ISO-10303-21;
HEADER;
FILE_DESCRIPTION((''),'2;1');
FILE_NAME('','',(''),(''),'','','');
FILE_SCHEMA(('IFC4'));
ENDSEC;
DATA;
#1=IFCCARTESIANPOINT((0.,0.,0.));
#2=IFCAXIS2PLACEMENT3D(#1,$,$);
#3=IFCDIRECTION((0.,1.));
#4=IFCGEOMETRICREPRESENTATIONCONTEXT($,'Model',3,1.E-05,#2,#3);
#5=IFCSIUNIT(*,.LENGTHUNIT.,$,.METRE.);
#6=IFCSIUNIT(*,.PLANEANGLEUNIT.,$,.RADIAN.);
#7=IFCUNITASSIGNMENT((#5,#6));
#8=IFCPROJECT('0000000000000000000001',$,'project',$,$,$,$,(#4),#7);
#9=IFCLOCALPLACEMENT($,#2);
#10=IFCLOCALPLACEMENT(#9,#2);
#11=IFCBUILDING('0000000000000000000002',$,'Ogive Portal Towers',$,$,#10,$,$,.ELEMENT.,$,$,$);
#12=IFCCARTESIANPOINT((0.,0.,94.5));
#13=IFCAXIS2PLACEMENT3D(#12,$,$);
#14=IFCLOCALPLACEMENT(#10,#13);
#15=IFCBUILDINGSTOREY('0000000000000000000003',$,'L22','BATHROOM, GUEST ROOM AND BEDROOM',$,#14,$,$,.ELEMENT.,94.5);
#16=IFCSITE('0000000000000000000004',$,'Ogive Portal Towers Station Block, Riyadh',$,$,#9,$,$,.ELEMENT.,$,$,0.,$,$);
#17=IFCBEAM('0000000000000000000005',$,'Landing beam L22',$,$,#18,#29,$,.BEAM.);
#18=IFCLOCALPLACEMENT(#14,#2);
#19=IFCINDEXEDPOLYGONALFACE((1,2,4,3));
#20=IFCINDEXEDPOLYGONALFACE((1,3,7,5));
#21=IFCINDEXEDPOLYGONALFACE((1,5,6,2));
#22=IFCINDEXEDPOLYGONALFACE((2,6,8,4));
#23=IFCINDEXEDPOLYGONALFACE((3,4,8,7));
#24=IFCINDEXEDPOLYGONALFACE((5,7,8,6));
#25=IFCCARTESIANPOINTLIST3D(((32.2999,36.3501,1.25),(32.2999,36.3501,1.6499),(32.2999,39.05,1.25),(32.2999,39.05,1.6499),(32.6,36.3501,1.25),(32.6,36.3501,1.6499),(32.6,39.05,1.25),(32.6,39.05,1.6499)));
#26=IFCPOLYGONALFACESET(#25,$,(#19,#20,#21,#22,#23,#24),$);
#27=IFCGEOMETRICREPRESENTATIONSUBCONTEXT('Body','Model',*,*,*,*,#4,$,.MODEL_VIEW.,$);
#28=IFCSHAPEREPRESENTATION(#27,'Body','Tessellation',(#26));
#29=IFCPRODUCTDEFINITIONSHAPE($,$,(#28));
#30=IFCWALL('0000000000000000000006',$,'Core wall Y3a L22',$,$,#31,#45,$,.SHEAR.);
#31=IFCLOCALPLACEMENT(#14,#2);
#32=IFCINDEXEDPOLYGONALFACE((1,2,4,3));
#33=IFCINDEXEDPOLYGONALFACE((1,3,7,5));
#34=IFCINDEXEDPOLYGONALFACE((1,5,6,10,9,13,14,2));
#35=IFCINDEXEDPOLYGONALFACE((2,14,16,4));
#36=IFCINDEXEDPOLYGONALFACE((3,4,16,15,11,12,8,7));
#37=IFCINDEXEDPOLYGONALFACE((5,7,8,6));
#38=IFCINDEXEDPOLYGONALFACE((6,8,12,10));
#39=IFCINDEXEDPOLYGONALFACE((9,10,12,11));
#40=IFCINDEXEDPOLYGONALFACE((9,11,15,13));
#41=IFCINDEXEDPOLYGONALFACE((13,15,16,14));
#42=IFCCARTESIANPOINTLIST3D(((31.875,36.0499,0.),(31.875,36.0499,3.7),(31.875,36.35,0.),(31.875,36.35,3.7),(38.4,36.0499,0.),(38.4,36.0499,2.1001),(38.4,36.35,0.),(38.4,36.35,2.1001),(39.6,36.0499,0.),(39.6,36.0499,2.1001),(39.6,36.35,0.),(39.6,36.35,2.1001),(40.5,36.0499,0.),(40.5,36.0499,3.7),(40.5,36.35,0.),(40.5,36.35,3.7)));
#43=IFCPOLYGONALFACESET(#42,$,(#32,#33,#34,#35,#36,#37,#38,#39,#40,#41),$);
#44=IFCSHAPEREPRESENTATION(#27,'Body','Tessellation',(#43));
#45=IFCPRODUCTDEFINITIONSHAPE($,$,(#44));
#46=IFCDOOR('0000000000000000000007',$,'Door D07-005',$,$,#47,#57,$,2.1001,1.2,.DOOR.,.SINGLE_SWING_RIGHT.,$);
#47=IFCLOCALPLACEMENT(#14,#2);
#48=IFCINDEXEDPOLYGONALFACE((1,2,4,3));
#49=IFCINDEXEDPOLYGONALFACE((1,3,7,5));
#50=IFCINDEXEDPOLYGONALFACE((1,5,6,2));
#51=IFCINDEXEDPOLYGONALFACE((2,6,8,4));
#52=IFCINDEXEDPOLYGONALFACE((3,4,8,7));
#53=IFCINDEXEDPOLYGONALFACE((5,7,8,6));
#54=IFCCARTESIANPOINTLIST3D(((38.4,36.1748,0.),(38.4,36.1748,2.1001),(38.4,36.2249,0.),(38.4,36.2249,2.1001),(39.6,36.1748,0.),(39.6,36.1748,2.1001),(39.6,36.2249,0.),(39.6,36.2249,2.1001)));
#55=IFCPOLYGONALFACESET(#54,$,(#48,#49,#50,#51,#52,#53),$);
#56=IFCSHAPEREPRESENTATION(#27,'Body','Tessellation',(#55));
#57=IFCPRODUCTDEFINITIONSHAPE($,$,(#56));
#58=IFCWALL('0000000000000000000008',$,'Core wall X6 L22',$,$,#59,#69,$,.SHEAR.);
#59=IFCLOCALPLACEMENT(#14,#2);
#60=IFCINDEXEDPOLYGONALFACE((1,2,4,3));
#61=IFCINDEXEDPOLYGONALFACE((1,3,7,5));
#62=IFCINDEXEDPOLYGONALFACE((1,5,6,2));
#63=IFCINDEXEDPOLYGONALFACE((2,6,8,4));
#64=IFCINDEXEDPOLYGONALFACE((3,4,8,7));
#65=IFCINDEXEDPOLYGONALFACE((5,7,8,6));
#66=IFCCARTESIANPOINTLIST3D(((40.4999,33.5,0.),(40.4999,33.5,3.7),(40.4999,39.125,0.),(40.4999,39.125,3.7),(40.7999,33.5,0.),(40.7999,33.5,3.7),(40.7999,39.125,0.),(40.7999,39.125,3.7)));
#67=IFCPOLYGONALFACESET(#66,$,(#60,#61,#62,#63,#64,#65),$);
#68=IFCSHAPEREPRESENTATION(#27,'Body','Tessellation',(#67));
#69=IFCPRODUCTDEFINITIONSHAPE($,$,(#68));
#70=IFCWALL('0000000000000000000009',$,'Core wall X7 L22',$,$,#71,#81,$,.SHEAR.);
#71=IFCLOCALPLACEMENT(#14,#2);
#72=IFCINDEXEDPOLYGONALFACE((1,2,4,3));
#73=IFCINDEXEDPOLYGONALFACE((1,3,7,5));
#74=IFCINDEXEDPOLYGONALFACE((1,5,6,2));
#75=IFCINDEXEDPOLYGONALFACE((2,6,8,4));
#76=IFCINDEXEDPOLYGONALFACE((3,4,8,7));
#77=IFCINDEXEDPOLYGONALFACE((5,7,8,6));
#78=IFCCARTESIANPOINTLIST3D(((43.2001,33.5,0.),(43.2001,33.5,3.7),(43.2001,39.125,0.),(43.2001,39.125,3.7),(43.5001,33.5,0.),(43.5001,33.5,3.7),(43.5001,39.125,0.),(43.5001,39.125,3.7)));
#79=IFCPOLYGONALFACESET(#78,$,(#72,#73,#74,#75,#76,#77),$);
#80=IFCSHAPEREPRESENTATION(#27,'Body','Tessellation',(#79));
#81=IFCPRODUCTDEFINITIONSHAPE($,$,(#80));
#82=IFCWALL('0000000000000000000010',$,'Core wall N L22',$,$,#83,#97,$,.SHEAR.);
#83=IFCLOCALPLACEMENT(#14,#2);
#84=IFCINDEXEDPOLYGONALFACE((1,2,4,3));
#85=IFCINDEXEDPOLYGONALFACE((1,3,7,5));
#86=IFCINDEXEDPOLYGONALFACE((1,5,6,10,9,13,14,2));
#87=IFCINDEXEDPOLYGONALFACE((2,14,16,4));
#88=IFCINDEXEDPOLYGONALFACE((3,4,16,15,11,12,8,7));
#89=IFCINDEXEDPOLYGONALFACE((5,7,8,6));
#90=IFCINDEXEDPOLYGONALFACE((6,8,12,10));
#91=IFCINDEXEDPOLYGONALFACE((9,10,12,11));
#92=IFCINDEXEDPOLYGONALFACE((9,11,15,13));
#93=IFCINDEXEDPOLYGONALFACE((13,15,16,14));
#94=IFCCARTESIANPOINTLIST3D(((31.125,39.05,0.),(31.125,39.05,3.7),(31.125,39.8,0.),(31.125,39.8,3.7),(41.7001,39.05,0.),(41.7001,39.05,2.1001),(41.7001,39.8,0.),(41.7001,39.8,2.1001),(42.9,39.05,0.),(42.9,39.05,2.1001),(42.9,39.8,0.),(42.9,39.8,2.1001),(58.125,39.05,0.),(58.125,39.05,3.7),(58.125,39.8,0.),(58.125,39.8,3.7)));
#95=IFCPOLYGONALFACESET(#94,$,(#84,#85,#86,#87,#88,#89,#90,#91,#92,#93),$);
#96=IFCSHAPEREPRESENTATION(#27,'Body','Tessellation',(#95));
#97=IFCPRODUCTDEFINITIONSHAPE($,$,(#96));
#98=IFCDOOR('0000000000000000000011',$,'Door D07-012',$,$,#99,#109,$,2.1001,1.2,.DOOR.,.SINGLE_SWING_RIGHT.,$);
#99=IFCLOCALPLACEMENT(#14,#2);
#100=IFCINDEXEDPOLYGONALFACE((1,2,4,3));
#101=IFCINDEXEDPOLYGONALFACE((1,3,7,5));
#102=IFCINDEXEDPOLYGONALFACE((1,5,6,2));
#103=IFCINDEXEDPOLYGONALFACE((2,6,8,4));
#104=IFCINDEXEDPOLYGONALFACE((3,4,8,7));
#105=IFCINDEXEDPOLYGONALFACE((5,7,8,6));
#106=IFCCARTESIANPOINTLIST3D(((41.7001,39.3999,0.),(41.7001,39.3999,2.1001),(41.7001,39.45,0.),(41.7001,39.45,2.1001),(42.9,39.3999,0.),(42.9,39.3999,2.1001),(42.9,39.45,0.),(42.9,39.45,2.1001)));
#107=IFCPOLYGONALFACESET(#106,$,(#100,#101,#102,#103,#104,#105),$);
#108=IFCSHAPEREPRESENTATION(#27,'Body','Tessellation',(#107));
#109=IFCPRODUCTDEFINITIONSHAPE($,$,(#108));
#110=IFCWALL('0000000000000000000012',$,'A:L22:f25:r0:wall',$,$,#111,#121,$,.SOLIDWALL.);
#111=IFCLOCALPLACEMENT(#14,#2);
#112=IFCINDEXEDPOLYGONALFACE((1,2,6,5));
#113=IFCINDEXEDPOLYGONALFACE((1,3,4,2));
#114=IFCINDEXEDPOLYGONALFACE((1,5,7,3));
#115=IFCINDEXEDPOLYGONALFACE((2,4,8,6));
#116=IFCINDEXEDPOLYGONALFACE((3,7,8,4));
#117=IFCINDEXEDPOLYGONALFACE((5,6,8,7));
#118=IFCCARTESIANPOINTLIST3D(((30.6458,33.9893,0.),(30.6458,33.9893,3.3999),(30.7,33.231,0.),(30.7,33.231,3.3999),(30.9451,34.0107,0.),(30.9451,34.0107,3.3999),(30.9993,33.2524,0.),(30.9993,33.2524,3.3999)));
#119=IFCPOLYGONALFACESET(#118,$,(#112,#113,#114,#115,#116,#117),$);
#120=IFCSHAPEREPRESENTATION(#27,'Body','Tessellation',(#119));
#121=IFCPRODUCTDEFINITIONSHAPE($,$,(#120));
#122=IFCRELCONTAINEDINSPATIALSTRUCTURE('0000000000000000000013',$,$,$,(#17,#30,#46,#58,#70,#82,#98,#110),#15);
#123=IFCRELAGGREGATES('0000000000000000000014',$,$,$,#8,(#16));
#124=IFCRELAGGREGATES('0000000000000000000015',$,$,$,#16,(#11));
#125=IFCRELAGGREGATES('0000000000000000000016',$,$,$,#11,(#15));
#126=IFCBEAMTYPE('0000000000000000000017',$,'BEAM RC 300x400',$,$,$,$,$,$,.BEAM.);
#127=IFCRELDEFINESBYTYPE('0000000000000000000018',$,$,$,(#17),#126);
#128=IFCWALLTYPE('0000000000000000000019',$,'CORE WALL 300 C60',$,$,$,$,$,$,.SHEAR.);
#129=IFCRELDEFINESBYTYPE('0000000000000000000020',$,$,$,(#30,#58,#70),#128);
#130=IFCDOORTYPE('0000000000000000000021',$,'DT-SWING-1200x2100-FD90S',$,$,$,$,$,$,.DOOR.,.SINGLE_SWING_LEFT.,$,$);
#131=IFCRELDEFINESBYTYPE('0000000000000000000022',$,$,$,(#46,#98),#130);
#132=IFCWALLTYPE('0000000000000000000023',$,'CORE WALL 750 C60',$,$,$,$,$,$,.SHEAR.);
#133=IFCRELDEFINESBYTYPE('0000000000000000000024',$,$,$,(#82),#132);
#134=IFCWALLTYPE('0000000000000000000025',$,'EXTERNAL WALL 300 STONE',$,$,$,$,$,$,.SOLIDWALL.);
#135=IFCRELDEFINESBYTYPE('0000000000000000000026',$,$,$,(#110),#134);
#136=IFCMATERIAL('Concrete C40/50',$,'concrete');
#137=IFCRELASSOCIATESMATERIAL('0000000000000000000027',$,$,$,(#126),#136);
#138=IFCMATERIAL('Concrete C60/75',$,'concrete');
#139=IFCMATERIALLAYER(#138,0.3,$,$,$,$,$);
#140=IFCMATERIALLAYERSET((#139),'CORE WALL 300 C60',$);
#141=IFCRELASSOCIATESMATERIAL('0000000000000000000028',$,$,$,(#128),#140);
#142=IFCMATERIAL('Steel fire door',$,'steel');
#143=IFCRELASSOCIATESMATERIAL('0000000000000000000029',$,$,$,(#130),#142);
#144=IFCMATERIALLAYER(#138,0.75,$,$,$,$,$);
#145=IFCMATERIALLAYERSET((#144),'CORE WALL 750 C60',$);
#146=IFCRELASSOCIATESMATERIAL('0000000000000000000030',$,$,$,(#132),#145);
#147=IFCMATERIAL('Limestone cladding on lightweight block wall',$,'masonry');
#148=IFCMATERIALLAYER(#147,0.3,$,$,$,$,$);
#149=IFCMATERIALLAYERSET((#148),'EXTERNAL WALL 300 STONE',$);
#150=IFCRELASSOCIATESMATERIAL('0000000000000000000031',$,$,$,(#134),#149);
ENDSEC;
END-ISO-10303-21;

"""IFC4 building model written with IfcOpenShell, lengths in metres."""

from ifc_helpers import new_model, si_unit, direction, frame, frame_2d, origin, origin_2d, place, context, subcontext, project, spatial, rectangle, extrude, material, layer, layer_set, material_profile, profile_set, type_object, element, fill, save


model = new_model("IFC4")

# Units and contexts
model_context = context("Model", 3, precision=1e-05, world=origin(), true_north=direction((0.0, 1.0)))
body_context = subcontext(model_context, "Body", "Model", "MODEL_VIEW")
ifc_project = project(units=[si_unit("LENGTHUNIT", "METRE"), si_unit("PLANEANGLEUNIT", "RADIAN")], contexts=[model_context])

# Site, building, storey
site_placement = place(None, origin())
site = spatial("IfcSite", under=ifc_project, at=site_placement, Name="Ogive Portal Towers Station Block, Riyadh", CompositionType="ELEMENT", RefElevation=0.0)
building_placement = place(site_placement, origin())
building = spatial("IfcBuilding", under=site, at=building_placement, Name="Ogive Portal Towers", CompositionType="ELEMENT")
storey_placement = place(building_placement, frame((0.0, 0.0, 94.5)))
storey = spatial("IfcBuildingStorey", under=building, at=storey_placement, Name="L22", Description="BATHROOM, GUEST ROOM AND BEDROOM", CompositionType="ELEMENT", Elevation=94.5)

# Beam
ifc_material_1 = material(Name="Concrete C40/50", Category="concrete")
ifc_material_profile = material_profile(ifc_material_1, rectangle(XDim=0.3, YDim=0.3999, at=origin_2d()), Name="RC 300x400")
ifc_profile_set = profile_set([ifc_material_profile], Name="Concrete C40/50")
beam_type = type_object("IfcBeamType", Name="BEAM RC 300x400", PredefinedType="BEAM", material=ifc_profile_set)
beam_placement = place(storey_placement, frame((32.45, 36.3501, 1.45), z_axis=(0.0, 1.0, 0.0), x_axis=(-1.0, 0.0, 0.0)))
element("IfcBeam", 1, at=beam_placement, inside=storey, type_object=beam_type, Name="Landing beam L22", PredefinedType="BEAM", context=body_context, shape_type="SweptSolid", body=[
    extrude(rectangle(XDim=0.3, YDim=0.3999, at=origin_2d()), origin(), (0.0, 0.0, 1.0), 2.7),
])

# Wall, opening, door
ifc_material_2 = material(Name="Concrete C60/75", Category="concrete")
ifc_layer_1 = layer(ifc_material_2, 0.3)
ifc_layer_set_1 = layer_set([ifc_layer_1], Name="CORE WALL 300 C60")
wall_type_1 = type_object("IfcWallType", Name="CORE WALL 300 C60", PredefinedType="SHEAR", material=ifc_layer_set_1)
wall_1_placement = place(storey_placement, frame((31.875, 36.2, 0.0), z_axis=(0.0, 0.0, 1.0), x_axis=(1.0, 0.0, 0.0)))
wall_1 = element("IfcWall", 2, at=wall_1_placement, inside=storey, type_object=wall_type_1, Name="Core wall Y3a L22", PredefinedType="SHEAR", context=body_context, shape_type="SweptSolid", body=[
    extrude(rectangle(XDim=8.625, YDim=0.3, at=frame_2d((4.3125, 0.0))), origin(), (0.0, 0.0, 1.0), 3.7),
])
opening_1_placement = place(wall_1_placement, frame((6.5249, 0.0, 0.0)))
opening_1 = element("IfcOpeningElement", 3, at=opening_1_placement, cuts=wall_1, PredefinedType="OPENING", context=body_context, shape_type="SweptSolid", body=[
    extrude(rectangle(XDim=1.2, YDim=2.1001, at=frame_2d((0.6001, 1.05))), frame((0.0, 0.1602, 0.0), z_axis=(0.0, -1.0, 0.0), x_axis=(1.0, 0.0, 0.0)), (0.0, 0.0, 1.0), 0.3201),
])
ifc_material_3 = material(Name="Steel fire door", Category="steel")
door_type_1 = type_object("IfcDoorType", Name="DT-SWING-1200x2100-FD90S", OperationType="SINGLE_SWING_LEFT", PredefinedType="DOOR", material=ifc_material_3)
door_1_placement = place(opening_1_placement, origin())
door_1 = element("IfcDoor", 4, at=door_1_placement, inside=storey, type_object=door_type_1, Name="Door D07-005", OperationType="SINGLE_SWING_RIGHT", OverallHeight=2.1001, OverallWidth=1.2, PredefinedType="DOOR", context=body_context, shape_type="SweptSolid", body=[
    extrude(rectangle(XDim=1.2, YDim=2.1001, at=frame_2d((0.6001, 1.05))), frame((0.0, 0.0249, 0.0), z_axis=(0.0, -1.0, 0.0), x_axis=(1.0, 0.0, 0.0)), (0.0, 0.0, 1.0), 0.05),
])
fill(opening_1, door_1)

# Walls
for number, where, z_axis, x_axis, name in (
    (5, (40.6499, 33.5, 0.0), (0.0, 0.0, 1.0), (0.0, 1.0, 0.0), "Core wall X6 L22"),
    (6, (43.3501, 33.5, 0.0), (0.0, 0.0, 1.0), (0.0, 1.0, 0.0), "Core wall X7 L22"),
):
    element("IfcWall", number, at=place(storey_placement, frame(where, z_axis=z_axis, x_axis=x_axis)), inside=storey, type_object=wall_type_1, Name=name, PredefinedType="SHEAR", context=body_context, shape_type="SweptSolid", body=[
        extrude(rectangle(XDim=5.625, YDim=0.3, at=frame_2d((2.8125, 0.0))), origin(), (0.0, 0.0, 1.0), 3.7),
    ])

# Wall, opening, door
ifc_layer_2 = layer(ifc_material_2, 0.75)
ifc_layer_set_2 = layer_set([ifc_layer_2], Name="CORE WALL 750 C60")
wall_type_2 = type_object("IfcWallType", Name="CORE WALL 750 C60", PredefinedType="SHEAR", material=ifc_layer_set_2)
wall_2_placement = place(storey_placement, frame((31.125, 39.425, 0.0), z_axis=(0.0, 0.0, 1.0), x_axis=(1.0, 0.0, 0.0)))
wall_2 = element("IfcWall", 7, at=wall_2_placement, inside=storey, type_object=wall_type_2, Name="Core wall N L22", PredefinedType="SHEAR", context=body_context, shape_type="SweptSolid", body=[
    extrude(rectangle(XDim=27.0, YDim=0.75, at=frame_2d((13.5, 0.0))), origin(), (0.0, 0.0, 1.0), 3.7),
])
opening_2_placement = place(wall_2_placement, frame((10.575, 0.0, 0.0)))
opening_2 = element("IfcOpeningElement", 8, at=opening_2_placement, cuts=wall_2, PredefinedType="OPENING", context=body_context, shape_type="SweptSolid", body=[
    extrude(rectangle(XDim=1.2, YDim=2.1001, at=frame_2d((0.6001, 1.05))), frame((0.0, 0.385, 0.0), z_axis=(0.0, -1.0, 0.0), x_axis=(1.0, 0.0, 0.0)), (0.0, 0.0, 1.0), 0.77),
])
door_2_placement = place(opening_2_placement, origin())
door_2 = element("IfcDoor", 9, at=door_2_placement, inside=storey, type_object=door_type_1, Name="Door D07-012", OperationType="SINGLE_SWING_RIGHT", OverallHeight=2.1001, OverallWidth=1.2, PredefinedType="DOOR", context=body_context, shape_type="SweptSolid", body=[
    extrude(rectangle(XDim=1.2, YDim=2.1001, at=frame_2d((0.6001, 1.05))), frame((0.0, 0.0249, 0.0), z_axis=(0.0, -1.0, 0.0), x_axis=(1.0, 0.0, 0.0)), (0.0, 0.0, 1.0), 0.05),
])
fill(opening_2, door_2)

# Wall
ifc_material_4 = material(Name="Limestone cladding on lightweight block wall", Category="masonry")
ifc_layer_3 = layer(ifc_material_4, 0.3)
ifc_layer_set_3 = layer_set([ifc_layer_3], Name="EXTERNAL WALL 300 STONE")
wall_type_3 = type_object("IfcWallType", Name="EXTERNAL WALL 300 STONE", PredefinedType="SOLIDWALL", material=ifc_layer_set_3)
wall_3_placement = place(storey_placement, frame((30.7954, 34.0, 0.0), z_axis=(0.0, 0.0, 1.0), x_axis=(0.071293, -0.997455, 0.0)))
element("IfcWall", 10, at=wall_3_placement, inside=storey, type_object=wall_type_3, Name="A:L22:f25:r0:wall", PredefinedType="SOLIDWALL", context=body_context, shape_type="SweptSolid", body=[
    extrude(rectangle(XDim=0.7603, YDim=0.3, at=frame_2d((0.3801, 0.0))), origin(), (0.0, 0.0, 1.0), 3.3999),
])

save(model, "model.ifc")
